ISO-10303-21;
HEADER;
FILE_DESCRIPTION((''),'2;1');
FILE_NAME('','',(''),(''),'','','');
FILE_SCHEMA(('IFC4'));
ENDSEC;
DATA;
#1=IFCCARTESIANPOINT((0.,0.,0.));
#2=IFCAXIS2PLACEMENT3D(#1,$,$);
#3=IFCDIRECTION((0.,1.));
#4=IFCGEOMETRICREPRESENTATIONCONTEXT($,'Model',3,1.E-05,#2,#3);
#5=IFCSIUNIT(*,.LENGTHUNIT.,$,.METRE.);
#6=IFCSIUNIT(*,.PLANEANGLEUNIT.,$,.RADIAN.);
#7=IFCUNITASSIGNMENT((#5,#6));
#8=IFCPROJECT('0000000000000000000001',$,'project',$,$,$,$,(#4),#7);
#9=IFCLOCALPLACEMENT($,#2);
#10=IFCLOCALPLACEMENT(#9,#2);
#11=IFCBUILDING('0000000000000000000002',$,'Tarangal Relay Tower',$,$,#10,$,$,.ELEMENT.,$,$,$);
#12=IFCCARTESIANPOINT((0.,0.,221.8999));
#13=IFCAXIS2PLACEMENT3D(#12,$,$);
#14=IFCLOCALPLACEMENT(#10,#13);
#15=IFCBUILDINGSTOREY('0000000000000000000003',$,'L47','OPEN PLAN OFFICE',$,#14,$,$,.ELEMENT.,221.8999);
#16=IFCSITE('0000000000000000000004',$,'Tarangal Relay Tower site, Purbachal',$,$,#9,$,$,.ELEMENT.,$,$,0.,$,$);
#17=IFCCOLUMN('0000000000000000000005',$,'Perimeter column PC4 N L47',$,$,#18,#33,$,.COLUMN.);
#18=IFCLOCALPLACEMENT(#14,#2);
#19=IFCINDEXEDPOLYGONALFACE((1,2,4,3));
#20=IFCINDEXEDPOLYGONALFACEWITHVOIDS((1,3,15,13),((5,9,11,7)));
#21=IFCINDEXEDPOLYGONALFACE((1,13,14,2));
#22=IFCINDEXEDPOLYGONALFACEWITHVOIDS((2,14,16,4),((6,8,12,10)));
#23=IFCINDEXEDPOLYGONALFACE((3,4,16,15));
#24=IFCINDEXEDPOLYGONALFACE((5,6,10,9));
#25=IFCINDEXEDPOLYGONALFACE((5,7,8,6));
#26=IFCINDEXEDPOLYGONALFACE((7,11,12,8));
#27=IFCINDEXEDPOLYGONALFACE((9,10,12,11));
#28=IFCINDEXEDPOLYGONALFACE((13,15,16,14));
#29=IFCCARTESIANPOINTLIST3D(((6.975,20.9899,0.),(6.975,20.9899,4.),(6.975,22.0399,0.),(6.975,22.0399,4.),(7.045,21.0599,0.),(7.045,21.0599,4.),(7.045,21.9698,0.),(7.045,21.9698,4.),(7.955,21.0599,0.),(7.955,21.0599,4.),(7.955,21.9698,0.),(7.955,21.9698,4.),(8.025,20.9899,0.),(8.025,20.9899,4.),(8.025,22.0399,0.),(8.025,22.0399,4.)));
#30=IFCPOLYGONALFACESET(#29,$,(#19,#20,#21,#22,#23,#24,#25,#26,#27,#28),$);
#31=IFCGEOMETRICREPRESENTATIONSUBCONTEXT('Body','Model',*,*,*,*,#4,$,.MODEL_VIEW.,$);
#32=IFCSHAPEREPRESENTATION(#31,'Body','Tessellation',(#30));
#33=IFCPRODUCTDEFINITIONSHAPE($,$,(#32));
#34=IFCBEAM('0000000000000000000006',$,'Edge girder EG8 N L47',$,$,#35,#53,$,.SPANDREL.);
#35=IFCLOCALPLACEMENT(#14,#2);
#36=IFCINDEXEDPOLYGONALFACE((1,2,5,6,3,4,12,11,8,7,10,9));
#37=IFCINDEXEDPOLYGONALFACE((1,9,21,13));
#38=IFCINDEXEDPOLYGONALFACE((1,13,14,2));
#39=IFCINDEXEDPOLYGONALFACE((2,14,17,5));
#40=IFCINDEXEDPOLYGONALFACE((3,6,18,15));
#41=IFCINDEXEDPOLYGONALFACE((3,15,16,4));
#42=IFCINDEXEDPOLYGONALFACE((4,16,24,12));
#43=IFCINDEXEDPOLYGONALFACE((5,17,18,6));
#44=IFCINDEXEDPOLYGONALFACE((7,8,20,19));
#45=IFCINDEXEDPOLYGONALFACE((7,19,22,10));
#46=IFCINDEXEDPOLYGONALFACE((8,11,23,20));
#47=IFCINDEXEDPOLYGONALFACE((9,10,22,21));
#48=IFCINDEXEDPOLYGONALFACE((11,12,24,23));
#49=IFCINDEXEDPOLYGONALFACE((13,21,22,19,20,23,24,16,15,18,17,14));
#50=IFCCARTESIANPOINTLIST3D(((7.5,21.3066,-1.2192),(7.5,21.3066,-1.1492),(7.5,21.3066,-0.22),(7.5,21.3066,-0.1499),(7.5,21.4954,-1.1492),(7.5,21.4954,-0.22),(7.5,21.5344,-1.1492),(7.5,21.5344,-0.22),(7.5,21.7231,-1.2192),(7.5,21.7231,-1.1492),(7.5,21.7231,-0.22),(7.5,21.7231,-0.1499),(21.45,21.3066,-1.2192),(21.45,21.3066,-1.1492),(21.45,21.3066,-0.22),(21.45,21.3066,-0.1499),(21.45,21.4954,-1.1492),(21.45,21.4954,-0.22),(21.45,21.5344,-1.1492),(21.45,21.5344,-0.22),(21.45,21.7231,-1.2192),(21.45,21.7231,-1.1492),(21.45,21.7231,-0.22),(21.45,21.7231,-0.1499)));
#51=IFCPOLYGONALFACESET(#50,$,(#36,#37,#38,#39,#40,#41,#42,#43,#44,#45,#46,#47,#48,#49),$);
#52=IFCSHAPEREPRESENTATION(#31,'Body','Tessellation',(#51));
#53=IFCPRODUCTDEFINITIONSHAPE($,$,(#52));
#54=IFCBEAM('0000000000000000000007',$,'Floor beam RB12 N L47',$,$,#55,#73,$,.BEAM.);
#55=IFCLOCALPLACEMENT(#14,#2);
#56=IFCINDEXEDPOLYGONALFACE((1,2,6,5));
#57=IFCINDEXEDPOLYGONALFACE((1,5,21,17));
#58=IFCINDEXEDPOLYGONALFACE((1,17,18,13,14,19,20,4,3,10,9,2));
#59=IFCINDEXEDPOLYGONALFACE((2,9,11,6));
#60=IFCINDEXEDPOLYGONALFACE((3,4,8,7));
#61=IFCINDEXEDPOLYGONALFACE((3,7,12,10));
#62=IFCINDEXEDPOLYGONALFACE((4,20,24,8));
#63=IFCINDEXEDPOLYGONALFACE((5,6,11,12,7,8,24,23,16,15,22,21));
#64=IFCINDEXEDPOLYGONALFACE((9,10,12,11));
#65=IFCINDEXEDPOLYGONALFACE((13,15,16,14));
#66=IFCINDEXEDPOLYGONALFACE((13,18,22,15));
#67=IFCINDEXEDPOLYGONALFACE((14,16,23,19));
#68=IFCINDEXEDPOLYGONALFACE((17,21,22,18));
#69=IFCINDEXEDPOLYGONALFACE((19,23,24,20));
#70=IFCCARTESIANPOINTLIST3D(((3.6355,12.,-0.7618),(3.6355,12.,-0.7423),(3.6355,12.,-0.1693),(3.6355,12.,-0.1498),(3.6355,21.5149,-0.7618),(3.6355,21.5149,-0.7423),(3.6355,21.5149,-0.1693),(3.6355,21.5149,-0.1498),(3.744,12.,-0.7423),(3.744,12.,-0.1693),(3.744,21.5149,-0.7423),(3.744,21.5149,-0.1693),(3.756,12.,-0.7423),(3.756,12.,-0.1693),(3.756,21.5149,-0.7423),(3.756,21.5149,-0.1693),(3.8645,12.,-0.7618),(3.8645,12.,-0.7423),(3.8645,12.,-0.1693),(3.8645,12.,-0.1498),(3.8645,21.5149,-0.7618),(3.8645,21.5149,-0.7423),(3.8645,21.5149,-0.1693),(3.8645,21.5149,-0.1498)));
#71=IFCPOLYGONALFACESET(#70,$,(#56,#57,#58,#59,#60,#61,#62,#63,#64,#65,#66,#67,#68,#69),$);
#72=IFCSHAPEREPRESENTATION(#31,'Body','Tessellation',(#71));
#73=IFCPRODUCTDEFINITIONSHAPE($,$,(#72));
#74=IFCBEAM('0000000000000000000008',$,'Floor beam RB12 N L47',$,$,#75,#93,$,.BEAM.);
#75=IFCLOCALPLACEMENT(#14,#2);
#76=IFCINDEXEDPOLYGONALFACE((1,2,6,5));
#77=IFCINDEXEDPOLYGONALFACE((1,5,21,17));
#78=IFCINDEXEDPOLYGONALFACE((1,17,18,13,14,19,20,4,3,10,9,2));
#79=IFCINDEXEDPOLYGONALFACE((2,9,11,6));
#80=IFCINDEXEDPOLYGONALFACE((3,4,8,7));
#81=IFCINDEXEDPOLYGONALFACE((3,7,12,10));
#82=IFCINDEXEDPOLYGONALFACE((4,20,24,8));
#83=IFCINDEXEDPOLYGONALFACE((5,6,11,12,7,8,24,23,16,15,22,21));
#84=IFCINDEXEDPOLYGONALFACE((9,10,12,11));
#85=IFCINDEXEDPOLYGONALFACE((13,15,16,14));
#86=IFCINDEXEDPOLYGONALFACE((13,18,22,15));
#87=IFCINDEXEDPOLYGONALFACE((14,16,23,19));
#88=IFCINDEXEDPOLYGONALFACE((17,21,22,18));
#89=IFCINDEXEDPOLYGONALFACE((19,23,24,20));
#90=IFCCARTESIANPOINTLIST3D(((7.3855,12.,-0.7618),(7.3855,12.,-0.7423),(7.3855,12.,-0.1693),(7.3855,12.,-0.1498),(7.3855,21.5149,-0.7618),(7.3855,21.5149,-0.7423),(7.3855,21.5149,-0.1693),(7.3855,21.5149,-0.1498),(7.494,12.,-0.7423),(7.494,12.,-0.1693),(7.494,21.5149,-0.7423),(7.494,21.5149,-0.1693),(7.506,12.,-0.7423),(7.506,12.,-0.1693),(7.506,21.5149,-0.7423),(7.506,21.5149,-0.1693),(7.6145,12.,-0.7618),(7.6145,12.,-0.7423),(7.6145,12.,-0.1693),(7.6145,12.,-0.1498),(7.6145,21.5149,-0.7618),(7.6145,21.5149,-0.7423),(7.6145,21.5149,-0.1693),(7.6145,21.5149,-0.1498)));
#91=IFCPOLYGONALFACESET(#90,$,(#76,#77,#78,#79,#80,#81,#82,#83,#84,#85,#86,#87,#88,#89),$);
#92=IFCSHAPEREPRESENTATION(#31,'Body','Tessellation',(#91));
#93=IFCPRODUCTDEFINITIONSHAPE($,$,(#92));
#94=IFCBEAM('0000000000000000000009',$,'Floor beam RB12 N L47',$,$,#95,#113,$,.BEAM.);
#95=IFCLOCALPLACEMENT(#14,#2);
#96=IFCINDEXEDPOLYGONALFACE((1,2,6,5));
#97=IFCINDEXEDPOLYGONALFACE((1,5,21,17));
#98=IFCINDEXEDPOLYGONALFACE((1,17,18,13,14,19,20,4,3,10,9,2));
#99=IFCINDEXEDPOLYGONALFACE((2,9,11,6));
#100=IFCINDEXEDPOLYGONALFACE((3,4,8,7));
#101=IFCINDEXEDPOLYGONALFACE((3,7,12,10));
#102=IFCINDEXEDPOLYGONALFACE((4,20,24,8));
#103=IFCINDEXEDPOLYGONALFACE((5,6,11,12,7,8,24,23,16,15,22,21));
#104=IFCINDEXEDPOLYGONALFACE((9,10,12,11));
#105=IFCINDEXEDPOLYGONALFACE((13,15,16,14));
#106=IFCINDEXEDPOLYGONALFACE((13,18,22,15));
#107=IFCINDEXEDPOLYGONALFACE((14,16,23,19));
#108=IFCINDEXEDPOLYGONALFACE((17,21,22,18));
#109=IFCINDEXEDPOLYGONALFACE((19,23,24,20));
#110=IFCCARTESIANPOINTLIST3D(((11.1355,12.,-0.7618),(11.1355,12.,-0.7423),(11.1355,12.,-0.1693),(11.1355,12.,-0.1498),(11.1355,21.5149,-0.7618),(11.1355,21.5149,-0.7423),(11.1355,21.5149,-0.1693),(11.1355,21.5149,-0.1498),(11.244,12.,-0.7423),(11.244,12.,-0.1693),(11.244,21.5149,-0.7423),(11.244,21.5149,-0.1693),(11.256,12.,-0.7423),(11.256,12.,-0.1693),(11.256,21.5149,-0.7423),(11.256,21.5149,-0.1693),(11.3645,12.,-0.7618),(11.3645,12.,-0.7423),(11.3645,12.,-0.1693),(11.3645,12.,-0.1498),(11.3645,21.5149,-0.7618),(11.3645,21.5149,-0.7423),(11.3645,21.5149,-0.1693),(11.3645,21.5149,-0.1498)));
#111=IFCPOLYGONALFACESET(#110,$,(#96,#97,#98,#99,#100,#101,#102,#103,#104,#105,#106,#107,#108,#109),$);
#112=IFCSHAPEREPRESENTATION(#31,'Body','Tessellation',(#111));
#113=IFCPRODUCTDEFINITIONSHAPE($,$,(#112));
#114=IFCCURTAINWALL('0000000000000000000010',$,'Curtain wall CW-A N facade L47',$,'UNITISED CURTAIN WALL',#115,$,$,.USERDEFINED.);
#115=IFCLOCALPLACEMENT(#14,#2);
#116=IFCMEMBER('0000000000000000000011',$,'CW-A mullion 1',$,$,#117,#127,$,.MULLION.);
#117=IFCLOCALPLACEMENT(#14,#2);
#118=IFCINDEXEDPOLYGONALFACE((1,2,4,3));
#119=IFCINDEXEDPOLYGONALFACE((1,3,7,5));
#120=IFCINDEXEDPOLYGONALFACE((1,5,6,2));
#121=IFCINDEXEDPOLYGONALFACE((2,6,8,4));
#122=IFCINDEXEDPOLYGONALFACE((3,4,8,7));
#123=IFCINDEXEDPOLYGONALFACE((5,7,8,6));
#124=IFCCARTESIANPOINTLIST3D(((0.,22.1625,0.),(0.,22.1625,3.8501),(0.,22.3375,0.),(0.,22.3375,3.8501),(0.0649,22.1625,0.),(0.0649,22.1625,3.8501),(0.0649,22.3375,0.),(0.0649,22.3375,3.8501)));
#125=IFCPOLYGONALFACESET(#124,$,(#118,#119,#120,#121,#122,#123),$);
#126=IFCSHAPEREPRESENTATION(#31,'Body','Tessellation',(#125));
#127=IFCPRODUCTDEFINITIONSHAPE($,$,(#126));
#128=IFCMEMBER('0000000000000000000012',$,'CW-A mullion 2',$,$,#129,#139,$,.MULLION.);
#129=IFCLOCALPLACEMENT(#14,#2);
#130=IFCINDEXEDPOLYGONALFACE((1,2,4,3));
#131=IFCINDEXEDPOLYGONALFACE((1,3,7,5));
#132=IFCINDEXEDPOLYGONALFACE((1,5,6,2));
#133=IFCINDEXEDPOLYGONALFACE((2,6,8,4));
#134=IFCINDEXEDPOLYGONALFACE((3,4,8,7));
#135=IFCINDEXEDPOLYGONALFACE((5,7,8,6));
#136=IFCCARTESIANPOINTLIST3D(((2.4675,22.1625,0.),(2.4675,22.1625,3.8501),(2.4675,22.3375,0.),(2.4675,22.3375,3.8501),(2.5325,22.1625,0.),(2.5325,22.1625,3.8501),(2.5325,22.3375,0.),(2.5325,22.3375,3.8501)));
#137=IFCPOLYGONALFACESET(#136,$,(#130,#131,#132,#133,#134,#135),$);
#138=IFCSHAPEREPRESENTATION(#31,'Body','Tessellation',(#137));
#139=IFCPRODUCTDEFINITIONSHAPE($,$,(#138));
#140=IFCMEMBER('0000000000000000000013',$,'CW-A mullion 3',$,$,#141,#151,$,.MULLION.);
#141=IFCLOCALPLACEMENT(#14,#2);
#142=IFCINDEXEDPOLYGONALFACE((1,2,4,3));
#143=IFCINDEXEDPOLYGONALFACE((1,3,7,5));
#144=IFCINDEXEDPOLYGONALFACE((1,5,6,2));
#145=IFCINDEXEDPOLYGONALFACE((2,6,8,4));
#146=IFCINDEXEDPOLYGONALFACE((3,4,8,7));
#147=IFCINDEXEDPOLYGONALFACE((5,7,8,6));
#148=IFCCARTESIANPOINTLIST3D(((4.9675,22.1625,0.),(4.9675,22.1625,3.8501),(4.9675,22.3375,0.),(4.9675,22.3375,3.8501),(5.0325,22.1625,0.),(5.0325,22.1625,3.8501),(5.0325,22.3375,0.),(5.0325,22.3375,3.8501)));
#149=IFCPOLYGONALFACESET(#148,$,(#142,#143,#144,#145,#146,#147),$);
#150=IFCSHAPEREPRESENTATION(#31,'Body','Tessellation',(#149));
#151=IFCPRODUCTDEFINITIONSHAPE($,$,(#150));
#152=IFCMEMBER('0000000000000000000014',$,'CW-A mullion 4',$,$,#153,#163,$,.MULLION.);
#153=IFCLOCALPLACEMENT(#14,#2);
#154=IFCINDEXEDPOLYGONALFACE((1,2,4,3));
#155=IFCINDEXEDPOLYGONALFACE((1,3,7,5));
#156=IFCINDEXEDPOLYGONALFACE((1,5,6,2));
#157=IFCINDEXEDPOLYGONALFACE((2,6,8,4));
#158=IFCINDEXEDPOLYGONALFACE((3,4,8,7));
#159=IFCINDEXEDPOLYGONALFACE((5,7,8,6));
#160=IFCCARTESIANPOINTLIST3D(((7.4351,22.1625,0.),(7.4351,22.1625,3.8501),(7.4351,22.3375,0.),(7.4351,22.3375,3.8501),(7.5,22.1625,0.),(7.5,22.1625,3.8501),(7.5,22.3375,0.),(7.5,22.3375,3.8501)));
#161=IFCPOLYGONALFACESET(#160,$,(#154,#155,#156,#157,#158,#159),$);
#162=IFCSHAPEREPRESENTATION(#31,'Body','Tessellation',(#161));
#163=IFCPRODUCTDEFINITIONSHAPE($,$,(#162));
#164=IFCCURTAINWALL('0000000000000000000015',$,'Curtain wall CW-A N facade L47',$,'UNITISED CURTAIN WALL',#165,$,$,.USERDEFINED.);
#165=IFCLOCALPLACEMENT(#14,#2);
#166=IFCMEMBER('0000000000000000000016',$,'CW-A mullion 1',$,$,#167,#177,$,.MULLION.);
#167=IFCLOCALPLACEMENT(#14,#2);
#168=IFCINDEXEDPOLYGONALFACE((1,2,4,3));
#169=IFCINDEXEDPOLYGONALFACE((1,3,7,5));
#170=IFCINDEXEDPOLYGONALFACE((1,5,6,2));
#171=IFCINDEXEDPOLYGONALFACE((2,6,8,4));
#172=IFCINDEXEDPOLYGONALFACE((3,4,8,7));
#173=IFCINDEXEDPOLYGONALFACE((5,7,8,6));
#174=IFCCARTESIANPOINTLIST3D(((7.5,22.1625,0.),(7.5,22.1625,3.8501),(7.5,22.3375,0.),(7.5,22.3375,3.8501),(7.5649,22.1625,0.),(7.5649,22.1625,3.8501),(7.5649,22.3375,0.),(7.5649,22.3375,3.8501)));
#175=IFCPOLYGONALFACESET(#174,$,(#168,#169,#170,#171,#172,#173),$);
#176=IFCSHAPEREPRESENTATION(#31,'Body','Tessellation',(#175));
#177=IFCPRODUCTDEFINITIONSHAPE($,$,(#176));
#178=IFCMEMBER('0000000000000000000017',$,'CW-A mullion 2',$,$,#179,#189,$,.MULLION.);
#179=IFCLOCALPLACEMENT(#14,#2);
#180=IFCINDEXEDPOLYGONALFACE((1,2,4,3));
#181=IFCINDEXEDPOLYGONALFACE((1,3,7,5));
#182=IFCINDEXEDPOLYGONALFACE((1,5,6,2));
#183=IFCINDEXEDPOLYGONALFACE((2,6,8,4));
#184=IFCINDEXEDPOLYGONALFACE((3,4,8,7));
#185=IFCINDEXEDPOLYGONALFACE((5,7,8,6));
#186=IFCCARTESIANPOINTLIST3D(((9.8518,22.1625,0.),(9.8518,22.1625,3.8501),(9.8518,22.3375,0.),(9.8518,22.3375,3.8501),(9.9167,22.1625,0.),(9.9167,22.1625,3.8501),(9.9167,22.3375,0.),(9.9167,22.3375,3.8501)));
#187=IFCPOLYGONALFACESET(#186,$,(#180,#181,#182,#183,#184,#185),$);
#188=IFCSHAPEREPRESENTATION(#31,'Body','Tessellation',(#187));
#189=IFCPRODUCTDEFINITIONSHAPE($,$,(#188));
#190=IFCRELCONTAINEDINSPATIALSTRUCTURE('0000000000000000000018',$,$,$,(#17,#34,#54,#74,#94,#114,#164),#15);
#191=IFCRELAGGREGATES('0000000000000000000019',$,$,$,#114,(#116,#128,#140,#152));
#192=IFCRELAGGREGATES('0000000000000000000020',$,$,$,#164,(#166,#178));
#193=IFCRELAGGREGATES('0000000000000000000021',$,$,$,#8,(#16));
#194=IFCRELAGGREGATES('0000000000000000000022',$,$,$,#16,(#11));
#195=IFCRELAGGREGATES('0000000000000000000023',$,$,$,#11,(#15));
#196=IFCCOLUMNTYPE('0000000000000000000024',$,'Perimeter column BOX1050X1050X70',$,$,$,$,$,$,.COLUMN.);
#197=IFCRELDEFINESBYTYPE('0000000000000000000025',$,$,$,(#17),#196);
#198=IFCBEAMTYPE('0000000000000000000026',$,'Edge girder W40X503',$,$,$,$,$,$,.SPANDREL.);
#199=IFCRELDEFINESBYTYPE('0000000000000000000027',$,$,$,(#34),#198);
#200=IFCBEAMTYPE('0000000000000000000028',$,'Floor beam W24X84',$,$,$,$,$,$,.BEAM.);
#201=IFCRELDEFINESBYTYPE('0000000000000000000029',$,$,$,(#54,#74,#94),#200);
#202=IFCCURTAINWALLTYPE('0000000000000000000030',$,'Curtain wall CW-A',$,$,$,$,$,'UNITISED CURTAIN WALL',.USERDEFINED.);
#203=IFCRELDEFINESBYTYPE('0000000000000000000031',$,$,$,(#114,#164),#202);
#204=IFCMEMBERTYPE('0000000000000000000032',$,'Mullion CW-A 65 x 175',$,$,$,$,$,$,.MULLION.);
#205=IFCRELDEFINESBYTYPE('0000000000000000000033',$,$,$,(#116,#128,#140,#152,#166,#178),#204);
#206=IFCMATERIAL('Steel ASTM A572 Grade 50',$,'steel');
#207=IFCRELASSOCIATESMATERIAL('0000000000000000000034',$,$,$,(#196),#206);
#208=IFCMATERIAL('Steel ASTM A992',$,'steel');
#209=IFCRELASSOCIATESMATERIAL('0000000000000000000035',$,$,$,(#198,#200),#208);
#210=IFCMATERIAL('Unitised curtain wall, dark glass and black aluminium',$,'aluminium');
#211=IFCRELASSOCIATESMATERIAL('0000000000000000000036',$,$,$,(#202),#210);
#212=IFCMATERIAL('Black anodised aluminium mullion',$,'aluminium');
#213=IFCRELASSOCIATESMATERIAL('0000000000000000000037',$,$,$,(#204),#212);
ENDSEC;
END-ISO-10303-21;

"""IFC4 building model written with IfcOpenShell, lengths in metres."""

from ifc_helpers import new_model, si_unit, direction, frame, origin, origin_2d, place, context, subcontext, project, spatial, rectangle, hollow_rectangle, i_section, extrude, material, material_profile, profile_set, type_object, element, aggregate, save


model = new_model("IFC4")

# Units and contexts
model_context = context("Model", 3, precision=1e-05, world=origin(), true_north=direction((0.0, 1.0)))
body_context = subcontext(model_context, "Body", "Model", "MODEL_VIEW")
ifc_project = project(units=[si_unit("LENGTHUNIT", "METRE"), si_unit("PLANEANGLEUNIT", "RADIAN")], contexts=[model_context])

# Site, building, storey
site_placement = place(None, origin())
site = spatial("IfcSite", under=ifc_project, at=site_placement, Name="Tarangal Relay Tower site, Purbachal", CompositionType="ELEMENT", RefElevation=0.0)
building_placement = place(site_placement, origin())
building = spatial("IfcBuilding", under=site, at=building_placement, Name="Tarangal Relay Tower", CompositionType="ELEMENT")
storey_placement = place(building_placement, frame((0.0, 0.0, 221.8999)))
storey = spatial("IfcBuildingStorey", under=building, at=storey_placement, Name="L47", Description="OPEN PLAN OFFICE", CompositionType="ELEMENT", Elevation=221.8999)

# Column
ifc_material_1 = material(Name="Steel ASTM A572 Grade 50", Category="steel")
ifc_material_profile_1 = material_profile(ifc_material_1, hollow_rectangle(XDim=1.05, YDim=1.05, WallThickness=0.0701, at=origin_2d()), Name="BOX1050X1050X70")
ifc_profile_set_1 = profile_set([ifc_material_profile_1], Name="Steel ASTM A572 Grade 50")
column_type = type_object("IfcColumnType", Name="Perimeter column BOX1050X1050X70", PredefinedType="COLUMN", material=ifc_profile_set_1)
column_placement = place(storey_placement, frame((7.5, 21.5149, 0.0), z_axis=(0.0, 0.0, 1.0), x_axis=(1.0, 0.0, 0.0)))
element("IfcColumn", 1, at=column_placement, inside=storey, type_object=column_type, Name="Perimeter column PC4 N L47", PredefinedType="COLUMN", context=body_context, shape_type="SweptSolid", body=[
    extrude(hollow_rectangle(XDim=1.05, YDim=1.05, WallThickness=0.0701, at=origin_2d()), origin(), (0.0, 0.0, 1.0), 4.0),
])

# Beams
ifc_material_2 = material(Name="Steel ASTM A992", Category="steel")
ifc_material_profile_2 = material_profile(ifc_material_2, i_section(OverallWidth=0.4165, OverallDepth=1.0693, WebThickness=0.0391, FlangeThickness=0.0701, at=origin_2d()), Name="W40X503")
ifc_profile_set_2 = profile_set([ifc_material_profile_2], Name="Steel ASTM A992")
beam_type_1 = type_object("IfcBeamType", Name="Edge girder W40X503", PredefinedType="SPANDREL", material=ifc_profile_set_2)
beam_placement = place(storey_placement, frame((7.5, 21.5149, -0.6846), z_axis=(1.0, 0.0, 0.0), x_axis=(0.0, 1.0, 0.0)))
element("IfcBeam", 2, at=beam_placement, inside=storey, type_object=beam_type_1, Name="Edge girder EG8 N L47", PredefinedType="SPANDREL", context=body_context, shape_type="SweptSolid", body=[
    extrude(i_section(OverallWidth=0.4165, OverallDepth=1.0693, WebThickness=0.0391, FlangeThickness=0.0701, at=origin_2d()), origin(), (0.0, 0.0, 1.0), 13.95),
])
ifc_material_profile_3 = material_profile(ifc_material_2, i_section(OverallWidth=0.229, OverallDepth=0.6121, WebThickness=0.012, FlangeThickness=0.0195, at=origin_2d()), Name="W24X84")
ifc_profile_set_3 = profile_set([ifc_material_profile_3], Name="Steel ASTM A992")
beam_type_2 = type_object("IfcBeamType", Name="Floor beam W24X84", PredefinedType="BEAM", material=ifc_profile_set_3)
for number, where, z_axis, x_axis, name in (
    (3, (3.75, 12.0, -0.4558), (0.0, 1.0, 0.0), (-1.0, 0.0, 0.0), "Floor beam RB12 N L47"),
    (4, (7.5, 12.0, -0.4558), (0.0, 1.0, 0.0), (-1.0, 0.0, 0.0), "Floor beam RB12 N L47"),
    (5, (11.25, 12.0, -0.4558), (0.0, 1.0, 0.0), (-1.0, 0.0, 0.0), "Floor beam RB12 N L47"),
):
    element("IfcBeam", number, at=place(storey_placement, frame(where, z_axis=z_axis, x_axis=x_axis)), inside=storey, type_object=beam_type_2, Name=name, PredefinedType="BEAM", context=body_context, shape_type="SweptSolid", body=[
        extrude(i_section(OverallWidth=0.229, OverallDepth=0.6121, WebThickness=0.012, FlangeThickness=0.0195, at=origin_2d()), origin(), (0.0, 0.0, 1.0), 9.5149),
    ])

# Curtain walls, members
ifc_material_3 = material(Name="Unitised curtain wall, dark glass and black aluminium", Category="aluminium")
curtain_wall_type_1 = type_object("IfcCurtainWallType", Name="Curtain wall CW-A", ElementType="UNITISED CURTAIN WALL", PredefinedType="USERDEFINED", material=ifc_material_3)
curtain_wall_1_placement = place(storey_placement, origin())
curtain_wall_1 = element("IfcCurtainWall", 6, at=curtain_wall_1_placement, inside=storey, type_object=curtain_wall_type_1, Name="Curtain wall CW-A N facade L47", ObjectType="UNITISED CURTAIN WALL", PredefinedType="USERDEFINED")
ifc_material_4 = material(Name="Black anodised aluminium mullion", Category="aluminium")
ifc_material_profile_4 = material_profile(ifc_material_4, rectangle(XDim=0.175, YDim=0.0649, at=origin_2d()), Name="CW-AM 65X175")
ifc_profile_set_4 = profile_set([ifc_material_profile_4], Name="Black anodised aluminium mullion")
member_type_1 = type_object("IfcMemberType", Name="Mullion CW-A 65 x 175", PredefinedType="MULLION", material=ifc_profile_set_4)
member_1_placement = place(storey_placement, frame((0.0325, 22.25, 0.0), z_axis=(0.0, 0.0, 1.0), x_axis=(0.0, 1.0, 0.0)))
member_1 = element("IfcMember", 7, at=member_1_placement, type_object=member_type_1, Name="CW-A mullion 1", PredefinedType="MULLION", context=body_context, shape_type="SweptSolid", body=[
    extrude(rectangle(XDim=0.175, YDim=0.0649, at=origin_2d()), origin(), (0.0, 0.0, 1.0), 3.8501),
])
member_2_placement = place(storey_placement, frame((2.5, 22.25, 0.0), z_axis=(0.0, 0.0, 1.0), x_axis=(0.0, 1.0, 0.0)))
member_2 = element("IfcMember", 8, at=member_2_placement, type_object=member_type_1, Name="CW-A mullion 2", PredefinedType="MULLION", context=body_context, shape_type="SweptSolid", body=[
    extrude(rectangle(XDim=0.175, YDim=0.0649, at=origin_2d()), origin(), (0.0, 0.0, 1.0), 3.8501),
])
member_3_placement = place(storey_placement, frame((5.0, 22.25, 0.0), z_axis=(0.0, 0.0, 1.0), x_axis=(0.0, 1.0, 0.0)))
member_3 = element("IfcMember", 9, at=member_3_placement, type_object=member_type_1, Name="CW-A mullion 3", PredefinedType="MULLION", context=body_context, shape_type="SweptSolid", body=[
    extrude(rectangle(XDim=0.175, YDim=0.0649, at=origin_2d()), origin(), (0.0, 0.0, 1.0), 3.8501),
])
member_4_placement = place(storey_placement, frame((7.4675, 22.25, 0.0), z_axis=(0.0, 0.0, 1.0), x_axis=(0.0, 1.0, 0.0)))
member_4 = element("IfcMember", 10, at=member_4_placement, type_object=member_type_1, Name="CW-A mullion 4", PredefinedType="MULLION", context=body_context, shape_type="SweptSolid", body=[
    extrude(rectangle(XDim=0.175, YDim=0.0649, at=origin_2d()), origin(), (0.0, 0.0, 1.0), 3.8501),
])
curtain_wall_2_placement = place(storey_placement, origin())
curtain_wall_2 = element("IfcCurtainWall", 11, at=curtain_wall_2_placement, inside=storey, type_object=curtain_wall_type_1, Name="Curtain wall CW-A N facade L47", ObjectType="UNITISED CURTAIN WALL", PredefinedType="USERDEFINED")
member_5_placement = place(storey_placement, frame((7.5325, 22.25, 0.0), z_axis=(0.0, 0.0, 1.0), x_axis=(0.0, 1.0, 0.0)))
member_5 = element("IfcMember", 12, at=member_5_placement, type_object=member_type_1, Name="CW-A mullion 1", PredefinedType="MULLION", context=body_context, shape_type="SweptSolid", body=[
    extrude(rectangle(XDim=0.175, YDim=0.0649, at=origin_2d()), origin(), (0.0, 0.0, 1.0), 3.8501),
])
member_6_placement = place(storey_placement, frame((9.8843, 22.25, 0.0), z_axis=(0.0, 0.0, 1.0), x_axis=(0.0, 1.0, 0.0)))
member_6 = element("IfcMember", 13, at=member_6_placement, type_object=member_type_1, Name="CW-A mullion 2", PredefinedType="MULLION", context=body_context, shape_type="SweptSolid", body=[
    extrude(rectangle(XDim=0.175, YDim=0.0649, at=origin_2d()), origin(), (0.0, 0.0, 1.0), 3.8501),
])

aggregate(curtain_wall_1, [member_1, member_2, member_3, member_4])
aggregate(curtain_wall_2, [member_5, member_6])

save(model, "model.ifc")
